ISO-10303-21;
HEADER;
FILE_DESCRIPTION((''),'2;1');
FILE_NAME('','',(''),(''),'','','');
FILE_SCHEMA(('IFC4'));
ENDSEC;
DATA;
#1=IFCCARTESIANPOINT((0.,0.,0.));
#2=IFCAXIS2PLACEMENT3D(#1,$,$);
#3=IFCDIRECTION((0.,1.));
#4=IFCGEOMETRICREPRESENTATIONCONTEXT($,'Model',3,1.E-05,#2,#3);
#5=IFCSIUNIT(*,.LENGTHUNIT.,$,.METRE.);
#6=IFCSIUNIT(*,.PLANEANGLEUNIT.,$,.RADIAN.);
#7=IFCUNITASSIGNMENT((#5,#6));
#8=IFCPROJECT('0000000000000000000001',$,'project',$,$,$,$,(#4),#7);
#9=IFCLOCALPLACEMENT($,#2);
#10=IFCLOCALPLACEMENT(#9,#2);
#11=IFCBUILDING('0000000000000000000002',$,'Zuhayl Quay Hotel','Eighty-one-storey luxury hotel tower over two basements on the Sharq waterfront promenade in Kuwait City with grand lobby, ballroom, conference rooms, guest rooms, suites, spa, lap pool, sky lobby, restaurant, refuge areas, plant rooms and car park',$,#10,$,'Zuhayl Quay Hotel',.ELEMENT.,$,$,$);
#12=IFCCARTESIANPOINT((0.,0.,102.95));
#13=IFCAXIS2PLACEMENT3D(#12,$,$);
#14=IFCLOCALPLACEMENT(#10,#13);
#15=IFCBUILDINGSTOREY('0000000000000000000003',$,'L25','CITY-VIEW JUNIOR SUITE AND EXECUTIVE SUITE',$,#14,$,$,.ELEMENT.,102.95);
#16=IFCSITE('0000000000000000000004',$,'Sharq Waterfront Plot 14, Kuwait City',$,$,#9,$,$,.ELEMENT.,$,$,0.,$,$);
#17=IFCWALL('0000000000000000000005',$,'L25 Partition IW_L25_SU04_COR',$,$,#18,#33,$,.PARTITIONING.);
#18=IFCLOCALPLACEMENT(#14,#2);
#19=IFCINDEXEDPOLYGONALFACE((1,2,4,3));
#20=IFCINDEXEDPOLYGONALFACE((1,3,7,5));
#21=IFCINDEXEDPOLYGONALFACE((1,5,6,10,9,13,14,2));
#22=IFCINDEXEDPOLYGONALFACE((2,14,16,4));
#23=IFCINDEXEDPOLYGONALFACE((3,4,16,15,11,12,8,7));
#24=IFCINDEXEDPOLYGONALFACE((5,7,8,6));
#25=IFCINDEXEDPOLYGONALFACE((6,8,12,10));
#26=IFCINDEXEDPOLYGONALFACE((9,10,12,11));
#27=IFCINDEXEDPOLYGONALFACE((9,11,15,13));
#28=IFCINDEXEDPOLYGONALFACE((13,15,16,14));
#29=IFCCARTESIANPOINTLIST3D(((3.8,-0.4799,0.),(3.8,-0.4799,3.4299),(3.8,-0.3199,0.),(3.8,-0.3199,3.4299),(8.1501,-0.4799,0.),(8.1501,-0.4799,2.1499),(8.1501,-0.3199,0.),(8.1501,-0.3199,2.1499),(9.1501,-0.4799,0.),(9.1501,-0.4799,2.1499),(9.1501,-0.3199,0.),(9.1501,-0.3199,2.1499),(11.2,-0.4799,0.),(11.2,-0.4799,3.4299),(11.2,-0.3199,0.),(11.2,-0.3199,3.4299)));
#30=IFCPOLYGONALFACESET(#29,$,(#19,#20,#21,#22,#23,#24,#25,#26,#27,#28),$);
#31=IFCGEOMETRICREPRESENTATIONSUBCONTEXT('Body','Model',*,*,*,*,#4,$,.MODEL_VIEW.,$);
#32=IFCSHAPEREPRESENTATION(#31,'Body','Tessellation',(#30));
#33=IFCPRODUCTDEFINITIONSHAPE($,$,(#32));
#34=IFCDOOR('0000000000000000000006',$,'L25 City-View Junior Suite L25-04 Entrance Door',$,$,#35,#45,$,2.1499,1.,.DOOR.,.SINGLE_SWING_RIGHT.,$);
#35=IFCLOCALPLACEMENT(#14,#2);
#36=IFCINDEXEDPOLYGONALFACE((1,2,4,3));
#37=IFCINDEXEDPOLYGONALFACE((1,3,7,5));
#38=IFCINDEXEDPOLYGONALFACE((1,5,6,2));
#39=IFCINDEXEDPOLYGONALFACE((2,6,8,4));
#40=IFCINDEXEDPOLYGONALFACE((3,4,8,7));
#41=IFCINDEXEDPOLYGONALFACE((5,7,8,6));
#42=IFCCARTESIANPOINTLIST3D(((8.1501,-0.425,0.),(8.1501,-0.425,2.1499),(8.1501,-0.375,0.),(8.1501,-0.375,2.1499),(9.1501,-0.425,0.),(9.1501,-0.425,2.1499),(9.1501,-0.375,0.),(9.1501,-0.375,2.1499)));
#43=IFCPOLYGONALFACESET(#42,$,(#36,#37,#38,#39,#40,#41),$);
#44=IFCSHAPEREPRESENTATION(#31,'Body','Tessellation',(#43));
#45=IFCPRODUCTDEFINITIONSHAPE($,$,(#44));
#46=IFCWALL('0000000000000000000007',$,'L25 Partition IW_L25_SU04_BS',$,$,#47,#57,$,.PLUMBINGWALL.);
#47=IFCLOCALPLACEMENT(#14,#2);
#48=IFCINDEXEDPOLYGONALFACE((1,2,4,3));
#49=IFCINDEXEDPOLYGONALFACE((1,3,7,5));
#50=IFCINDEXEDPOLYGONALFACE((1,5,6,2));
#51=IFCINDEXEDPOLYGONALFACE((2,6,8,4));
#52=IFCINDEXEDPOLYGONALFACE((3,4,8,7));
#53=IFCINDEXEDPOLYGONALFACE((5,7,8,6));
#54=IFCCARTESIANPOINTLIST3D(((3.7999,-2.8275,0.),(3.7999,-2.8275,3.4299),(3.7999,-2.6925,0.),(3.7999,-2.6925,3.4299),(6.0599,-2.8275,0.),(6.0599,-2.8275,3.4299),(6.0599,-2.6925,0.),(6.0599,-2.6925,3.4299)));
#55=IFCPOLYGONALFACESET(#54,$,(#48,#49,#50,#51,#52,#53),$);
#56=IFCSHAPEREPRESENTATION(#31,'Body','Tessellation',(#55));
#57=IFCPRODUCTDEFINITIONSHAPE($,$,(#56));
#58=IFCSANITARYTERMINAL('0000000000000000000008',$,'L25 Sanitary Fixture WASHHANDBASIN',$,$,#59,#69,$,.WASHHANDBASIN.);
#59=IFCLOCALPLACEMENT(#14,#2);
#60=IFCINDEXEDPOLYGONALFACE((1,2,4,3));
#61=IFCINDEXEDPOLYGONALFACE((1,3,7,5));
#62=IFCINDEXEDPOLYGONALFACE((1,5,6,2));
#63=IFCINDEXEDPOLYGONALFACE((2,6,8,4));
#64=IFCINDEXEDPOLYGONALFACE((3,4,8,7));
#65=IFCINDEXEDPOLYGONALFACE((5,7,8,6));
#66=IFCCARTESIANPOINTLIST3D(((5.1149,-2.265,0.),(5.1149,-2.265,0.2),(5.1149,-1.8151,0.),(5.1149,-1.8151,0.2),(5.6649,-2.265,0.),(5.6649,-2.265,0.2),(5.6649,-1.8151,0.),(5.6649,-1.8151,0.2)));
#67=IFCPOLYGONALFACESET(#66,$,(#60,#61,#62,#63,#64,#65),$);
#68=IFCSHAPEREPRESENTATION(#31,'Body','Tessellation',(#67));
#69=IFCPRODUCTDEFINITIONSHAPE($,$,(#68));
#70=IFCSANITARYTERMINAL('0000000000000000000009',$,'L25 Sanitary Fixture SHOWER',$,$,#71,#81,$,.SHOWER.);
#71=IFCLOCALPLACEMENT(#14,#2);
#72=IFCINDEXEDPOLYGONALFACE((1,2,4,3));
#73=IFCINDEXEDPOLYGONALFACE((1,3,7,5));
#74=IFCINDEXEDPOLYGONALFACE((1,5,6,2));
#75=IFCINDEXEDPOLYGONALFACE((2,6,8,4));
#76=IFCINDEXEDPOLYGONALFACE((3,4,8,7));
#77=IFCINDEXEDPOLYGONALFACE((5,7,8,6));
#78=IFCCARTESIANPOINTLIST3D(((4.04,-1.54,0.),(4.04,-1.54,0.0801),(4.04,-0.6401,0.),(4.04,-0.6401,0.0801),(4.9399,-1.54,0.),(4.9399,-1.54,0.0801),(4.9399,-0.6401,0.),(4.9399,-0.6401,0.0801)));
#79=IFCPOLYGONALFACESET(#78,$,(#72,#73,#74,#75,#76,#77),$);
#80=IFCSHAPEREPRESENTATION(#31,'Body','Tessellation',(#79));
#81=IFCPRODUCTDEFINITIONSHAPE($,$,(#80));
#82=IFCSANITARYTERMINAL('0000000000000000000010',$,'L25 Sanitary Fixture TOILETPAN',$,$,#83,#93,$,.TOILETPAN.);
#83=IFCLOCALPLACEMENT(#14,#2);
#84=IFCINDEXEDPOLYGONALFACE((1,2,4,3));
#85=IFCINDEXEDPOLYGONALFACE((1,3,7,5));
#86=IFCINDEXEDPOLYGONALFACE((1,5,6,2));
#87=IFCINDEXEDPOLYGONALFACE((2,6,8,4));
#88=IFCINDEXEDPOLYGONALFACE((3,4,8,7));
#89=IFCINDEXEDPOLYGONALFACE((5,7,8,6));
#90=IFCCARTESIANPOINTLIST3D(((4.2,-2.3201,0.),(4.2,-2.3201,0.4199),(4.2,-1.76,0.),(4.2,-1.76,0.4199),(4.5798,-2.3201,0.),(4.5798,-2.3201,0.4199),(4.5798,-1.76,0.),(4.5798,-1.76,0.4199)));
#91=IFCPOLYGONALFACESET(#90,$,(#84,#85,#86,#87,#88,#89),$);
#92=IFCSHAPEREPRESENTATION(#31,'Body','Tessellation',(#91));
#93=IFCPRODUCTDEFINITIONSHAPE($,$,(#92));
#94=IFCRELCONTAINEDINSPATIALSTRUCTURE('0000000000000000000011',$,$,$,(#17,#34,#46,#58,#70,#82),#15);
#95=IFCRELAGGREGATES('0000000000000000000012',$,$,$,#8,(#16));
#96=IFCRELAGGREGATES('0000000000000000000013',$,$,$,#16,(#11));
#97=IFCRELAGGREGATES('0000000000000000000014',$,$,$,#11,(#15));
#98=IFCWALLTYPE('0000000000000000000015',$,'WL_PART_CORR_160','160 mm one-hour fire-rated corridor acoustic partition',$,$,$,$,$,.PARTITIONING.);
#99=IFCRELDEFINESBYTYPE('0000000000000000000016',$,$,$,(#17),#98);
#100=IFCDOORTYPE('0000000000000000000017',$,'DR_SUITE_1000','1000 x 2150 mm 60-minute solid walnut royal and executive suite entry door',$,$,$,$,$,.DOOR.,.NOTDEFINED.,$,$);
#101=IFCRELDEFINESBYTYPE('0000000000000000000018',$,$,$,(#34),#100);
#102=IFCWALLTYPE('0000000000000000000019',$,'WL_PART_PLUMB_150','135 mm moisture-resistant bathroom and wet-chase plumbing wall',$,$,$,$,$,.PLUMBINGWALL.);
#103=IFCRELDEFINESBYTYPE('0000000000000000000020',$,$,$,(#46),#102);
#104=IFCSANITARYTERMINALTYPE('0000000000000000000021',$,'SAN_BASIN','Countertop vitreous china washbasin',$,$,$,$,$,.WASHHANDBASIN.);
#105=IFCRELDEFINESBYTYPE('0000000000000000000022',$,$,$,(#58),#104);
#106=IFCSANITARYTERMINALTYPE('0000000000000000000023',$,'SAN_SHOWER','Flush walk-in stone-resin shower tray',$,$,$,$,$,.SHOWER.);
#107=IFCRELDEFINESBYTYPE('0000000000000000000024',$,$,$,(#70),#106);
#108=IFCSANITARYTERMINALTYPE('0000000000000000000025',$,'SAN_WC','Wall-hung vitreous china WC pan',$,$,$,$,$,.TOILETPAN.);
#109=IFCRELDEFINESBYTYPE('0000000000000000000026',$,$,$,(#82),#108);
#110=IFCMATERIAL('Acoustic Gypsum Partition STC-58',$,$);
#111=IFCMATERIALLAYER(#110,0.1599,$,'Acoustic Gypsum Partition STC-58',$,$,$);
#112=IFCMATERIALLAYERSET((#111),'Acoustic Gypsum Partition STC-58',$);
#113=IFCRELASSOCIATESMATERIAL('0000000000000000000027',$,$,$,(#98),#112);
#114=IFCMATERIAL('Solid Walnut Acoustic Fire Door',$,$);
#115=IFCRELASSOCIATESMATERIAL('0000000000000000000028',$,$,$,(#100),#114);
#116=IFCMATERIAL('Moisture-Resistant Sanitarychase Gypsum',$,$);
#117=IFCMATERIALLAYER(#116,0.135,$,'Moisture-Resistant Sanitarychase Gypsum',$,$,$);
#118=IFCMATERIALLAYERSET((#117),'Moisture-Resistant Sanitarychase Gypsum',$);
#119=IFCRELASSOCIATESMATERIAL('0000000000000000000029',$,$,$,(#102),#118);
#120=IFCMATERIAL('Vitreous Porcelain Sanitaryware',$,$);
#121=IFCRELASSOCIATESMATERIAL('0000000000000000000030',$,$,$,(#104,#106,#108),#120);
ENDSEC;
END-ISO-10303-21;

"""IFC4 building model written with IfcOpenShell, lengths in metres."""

from ifc_helpers import new_model, si_unit, direction, frame, frame_2d, origin, origin_2d, place, context, subcontext, project, spatial, rectangle, extrude, material, layer, layer_set, type_object, element, fill, save


model = new_model("IFC4")

# Units and contexts
model_context = context("Model", 3, precision=1e-05, world=origin(), true_north=direction((0.0, 1.0)))
body_context = subcontext(model_context, "Body", "Model", "MODEL_VIEW")
ifc_project = project(units=[si_unit("LENGTHUNIT", "METRE"), si_unit("PLANEANGLEUNIT", "RADIAN")], contexts=[model_context])

# Site, building, storey
site_placement = place(None, origin())
site = spatial("IfcSite", under=ifc_project, at=site_placement, Name="Sharq Waterfront Plot 14, Kuwait City", CompositionType="ELEMENT", RefElevation=0.0)
building_placement = place(site_placement, origin())
building = spatial("IfcBuilding", under=site, at=building_placement, Name="Zuhayl Quay Hotel", Description="Eighty-one-storey luxury hotel tower over two basements on the Sharq waterfront promenade in Kuwait City with grand lobby, ballroom, conference rooms, guest rooms, suites, spa, lap pool, sky lobby, restaurant, refuge areas, plant rooms and car park", LongName="Zuhayl Quay Hotel", CompositionType="ELEMENT")
storey_placement = place(building_placement, frame((0.0, 0.0, 102.95)))
storey = spatial("IfcBuildingStorey", under=building, at=storey_placement, Name="L25", Description="CITY-VIEW JUNIOR SUITE AND EXECUTIVE SUITE", CompositionType="ELEMENT", Elevation=102.95)

# Shared definitions
ifc_material_1 = material(Name="Acoustic Gypsum Partition STC-58")

# Wall, opening, door
ifc_layer_1 = layer(ifc_material_1, 0.1599, Name="Acoustic Gypsum Partition STC-58")
ifc_layer_set_1 = layer_set([ifc_layer_1], Name="Acoustic Gypsum Partition STC-58")
wall_type_1 = type_object("IfcWallType", Name="WL_PART_CORR_160", Description="160 mm one-hour fire-rated corridor acoustic partition", PredefinedType="PARTITIONING", material=ifc_layer_set_1)
wall_1_placement = place(storey_placement, frame((3.8, -0.3999, 0.0), z_axis=(0.0, 0.0, 1.0), x_axis=(1.0, 0.0, 0.0)))
wall_1 = element("IfcWall", 1, at=wall_1_placement, inside=storey, type_object=wall_type_1, Name="L25 Partition IW_L25_SU04_COR", PredefinedType="PARTITIONING", context=body_context, shape_type="SweptSolid", body=[
    extrude(rectangle(XDim=7.3999, YDim=0.1599, at=frame_2d((3.7, 0.0))), origin(), (0.0, 0.0, 1.0), 3.4299),
])
opening_1_placement = place(wall_1_placement, frame((4.3501, 0.0, 0.0)))
opening_1 = element("IfcOpeningElement", 2, at=opening_1_placement, cuts=wall_1, PredefinedType="OPENING", context=body_context, shape_type="SweptSolid", body=[
    extrude(rectangle(XDim=1.0, YDim=2.1499, at=frame_2d((0.5, 1.075))), frame((0.0, 0.0898, 0.0), z_axis=(0.0, -1.0, 0.0), x_axis=(1.0, 0.0, 0.0)), (0.0, 0.0, 1.0), 0.1799),
])
ifc_material_2 = material(Name="Solid Walnut Acoustic Fire Door")
door_type_1 = type_object("IfcDoorType", Name="DR_SUITE_1000", Description="1000 x 2150 mm 60-minute solid walnut royal and executive suite entry door", OperationType="NOTDEFINED", PredefinedType="DOOR", material=ifc_material_2)
door_1_placement = place(opening_1_placement, origin())
door_1 = element("IfcDoor", 3, at=door_1_placement, inside=storey, type_object=door_type_1, Name="L25 City-View Junior Suite L25-04 Entrance Door", OperationType="SINGLE_SWING_RIGHT", OverallHeight=2.1499, OverallWidth=1.0, PredefinedType="DOOR", context=body_context, shape_type="SweptSolid", body=[
    extrude(rectangle(XDim=1.0, YDim=2.1499, at=frame_2d((0.5, 1.075))), frame((0.0, 0.0249, 0.0), z_axis=(0.0, -1.0, 0.0), x_axis=(1.0, 0.0, 0.0)), (0.0, 0.0, 1.0), 0.05),
])
fill(opening_1, door_1)

# Wall
ifc_material_3 = material(Name="Moisture-Resistant Sanitarychase Gypsum")
ifc_layer_2 = layer(ifc_material_3, 0.135, Name="Moisture-Resistant Sanitarychase Gypsum")
ifc_layer_set_2 = layer_set([ifc_layer_2], Name="Moisture-Resistant Sanitarychase Gypsum")
wall_type_2 = type_object("IfcWallType", Name="WL_PART_PLUMB_150", Description="135 mm moisture-resistant bathroom and wet-chase plumbing wall", PredefinedType="PLUMBINGWALL", material=ifc_layer_set_2)
wall_2_placement = place(storey_placement, frame((3.8, -2.76, 0.0), z_axis=(0.0, 0.0, 1.0), x_axis=(1.0, 0.0, 0.0)))
element("IfcWall", 4, at=wall_2_placement, inside=storey, type_object=wall_type_2, Name="L25 Partition IW_L25_SU04_BS", PredefinedType="PLUMBINGWALL", context=body_context, shape_type="SweptSolid", body=[
    extrude(rectangle(XDim=2.26, YDim=0.135, at=frame_2d((1.1299, 0.0))), origin(), (0.0, 0.0, 1.0), 3.4299),
])

# Sanitary terminals
ifc_material_4 = material(Name="Vitreous Porcelain Sanitaryware")
sanitary_terminal_type_1 = type_object("IfcSanitaryTerminalType", Name="SAN_BASIN", Description="Countertop vitreous china washbasin", PredefinedType="WASHHANDBASIN", material=ifc_material_4)
sanitary_terminal_1_placement = place(storey_placement, frame((5.3899, -2.04, 0.0), z_axis=(0.0, 0.0, 1.0), x_axis=(1.0, 0.0, 0.0)))
element("IfcSanitaryTerminal", 5, at=sanitary_terminal_1_placement, inside=storey, type_object=sanitary_terminal_type_1, Name="L25 Sanitary Fixture WASHHANDBASIN", PredefinedType="WASHHANDBASIN", context=body_context, shape_type="SweptSolid", body=[
    extrude(rectangle(XDim=0.55, YDim=0.45, at=origin_2d()), origin(), (0.0, 0.0, 1.0), 0.2),
])
sanitary_terminal_type_2 = type_object("IfcSanitaryTerminalType", Name="SAN_SHOWER", Description="Flush walk-in stone-resin shower tray", PredefinedType="SHOWER", material=ifc_material_4)
sanitary_terminal_2_placement = place(storey_placement, frame((4.49, -1.0901, 0.0), z_axis=(0.0, 0.0, 1.0), x_axis=(1.0, 0.0, 0.0)))
element("IfcSanitaryTerminal", 6, at=sanitary_terminal_2_placement, inside=storey, type_object=sanitary_terminal_type_2, Name="L25 Sanitary Fixture SHOWER", PredefinedType="SHOWER", context=body_context, shape_type="SweptSolid", body=[
    extrude(rectangle(XDim=0.8999, YDim=0.8999, at=origin_2d()), origin(), (0.0, 0.0, 1.0), 0.0801),
])
sanitary_terminal_type_3 = type_object("IfcSanitaryTerminalType", Name="SAN_WC", Description="Wall-hung vitreous china WC pan", PredefinedType="TOILETPAN", material=ifc_material_4)
sanitary_terminal_3_placement = place(storey_placement, frame((4.3899, -2.04, 0.0), z_axis=(0.0, 0.0, 1.0), x_axis=(1.0, 0.0, 0.0)))
element("IfcSanitaryTerminal", 7, at=sanitary_terminal_3_placement, inside=storey, type_object=sanitary_terminal_type_3, Name="L25 Sanitary Fixture TOILETPAN", PredefinedType="TOILETPAN", context=body_context, shape_type="SweptSolid", body=[
    extrude(rectangle(XDim=0.3799, YDim=0.5601, at=origin_2d()), origin(), (0.0, 0.0, 1.0), 0.4199),
])

save(model, "model.ifc")
